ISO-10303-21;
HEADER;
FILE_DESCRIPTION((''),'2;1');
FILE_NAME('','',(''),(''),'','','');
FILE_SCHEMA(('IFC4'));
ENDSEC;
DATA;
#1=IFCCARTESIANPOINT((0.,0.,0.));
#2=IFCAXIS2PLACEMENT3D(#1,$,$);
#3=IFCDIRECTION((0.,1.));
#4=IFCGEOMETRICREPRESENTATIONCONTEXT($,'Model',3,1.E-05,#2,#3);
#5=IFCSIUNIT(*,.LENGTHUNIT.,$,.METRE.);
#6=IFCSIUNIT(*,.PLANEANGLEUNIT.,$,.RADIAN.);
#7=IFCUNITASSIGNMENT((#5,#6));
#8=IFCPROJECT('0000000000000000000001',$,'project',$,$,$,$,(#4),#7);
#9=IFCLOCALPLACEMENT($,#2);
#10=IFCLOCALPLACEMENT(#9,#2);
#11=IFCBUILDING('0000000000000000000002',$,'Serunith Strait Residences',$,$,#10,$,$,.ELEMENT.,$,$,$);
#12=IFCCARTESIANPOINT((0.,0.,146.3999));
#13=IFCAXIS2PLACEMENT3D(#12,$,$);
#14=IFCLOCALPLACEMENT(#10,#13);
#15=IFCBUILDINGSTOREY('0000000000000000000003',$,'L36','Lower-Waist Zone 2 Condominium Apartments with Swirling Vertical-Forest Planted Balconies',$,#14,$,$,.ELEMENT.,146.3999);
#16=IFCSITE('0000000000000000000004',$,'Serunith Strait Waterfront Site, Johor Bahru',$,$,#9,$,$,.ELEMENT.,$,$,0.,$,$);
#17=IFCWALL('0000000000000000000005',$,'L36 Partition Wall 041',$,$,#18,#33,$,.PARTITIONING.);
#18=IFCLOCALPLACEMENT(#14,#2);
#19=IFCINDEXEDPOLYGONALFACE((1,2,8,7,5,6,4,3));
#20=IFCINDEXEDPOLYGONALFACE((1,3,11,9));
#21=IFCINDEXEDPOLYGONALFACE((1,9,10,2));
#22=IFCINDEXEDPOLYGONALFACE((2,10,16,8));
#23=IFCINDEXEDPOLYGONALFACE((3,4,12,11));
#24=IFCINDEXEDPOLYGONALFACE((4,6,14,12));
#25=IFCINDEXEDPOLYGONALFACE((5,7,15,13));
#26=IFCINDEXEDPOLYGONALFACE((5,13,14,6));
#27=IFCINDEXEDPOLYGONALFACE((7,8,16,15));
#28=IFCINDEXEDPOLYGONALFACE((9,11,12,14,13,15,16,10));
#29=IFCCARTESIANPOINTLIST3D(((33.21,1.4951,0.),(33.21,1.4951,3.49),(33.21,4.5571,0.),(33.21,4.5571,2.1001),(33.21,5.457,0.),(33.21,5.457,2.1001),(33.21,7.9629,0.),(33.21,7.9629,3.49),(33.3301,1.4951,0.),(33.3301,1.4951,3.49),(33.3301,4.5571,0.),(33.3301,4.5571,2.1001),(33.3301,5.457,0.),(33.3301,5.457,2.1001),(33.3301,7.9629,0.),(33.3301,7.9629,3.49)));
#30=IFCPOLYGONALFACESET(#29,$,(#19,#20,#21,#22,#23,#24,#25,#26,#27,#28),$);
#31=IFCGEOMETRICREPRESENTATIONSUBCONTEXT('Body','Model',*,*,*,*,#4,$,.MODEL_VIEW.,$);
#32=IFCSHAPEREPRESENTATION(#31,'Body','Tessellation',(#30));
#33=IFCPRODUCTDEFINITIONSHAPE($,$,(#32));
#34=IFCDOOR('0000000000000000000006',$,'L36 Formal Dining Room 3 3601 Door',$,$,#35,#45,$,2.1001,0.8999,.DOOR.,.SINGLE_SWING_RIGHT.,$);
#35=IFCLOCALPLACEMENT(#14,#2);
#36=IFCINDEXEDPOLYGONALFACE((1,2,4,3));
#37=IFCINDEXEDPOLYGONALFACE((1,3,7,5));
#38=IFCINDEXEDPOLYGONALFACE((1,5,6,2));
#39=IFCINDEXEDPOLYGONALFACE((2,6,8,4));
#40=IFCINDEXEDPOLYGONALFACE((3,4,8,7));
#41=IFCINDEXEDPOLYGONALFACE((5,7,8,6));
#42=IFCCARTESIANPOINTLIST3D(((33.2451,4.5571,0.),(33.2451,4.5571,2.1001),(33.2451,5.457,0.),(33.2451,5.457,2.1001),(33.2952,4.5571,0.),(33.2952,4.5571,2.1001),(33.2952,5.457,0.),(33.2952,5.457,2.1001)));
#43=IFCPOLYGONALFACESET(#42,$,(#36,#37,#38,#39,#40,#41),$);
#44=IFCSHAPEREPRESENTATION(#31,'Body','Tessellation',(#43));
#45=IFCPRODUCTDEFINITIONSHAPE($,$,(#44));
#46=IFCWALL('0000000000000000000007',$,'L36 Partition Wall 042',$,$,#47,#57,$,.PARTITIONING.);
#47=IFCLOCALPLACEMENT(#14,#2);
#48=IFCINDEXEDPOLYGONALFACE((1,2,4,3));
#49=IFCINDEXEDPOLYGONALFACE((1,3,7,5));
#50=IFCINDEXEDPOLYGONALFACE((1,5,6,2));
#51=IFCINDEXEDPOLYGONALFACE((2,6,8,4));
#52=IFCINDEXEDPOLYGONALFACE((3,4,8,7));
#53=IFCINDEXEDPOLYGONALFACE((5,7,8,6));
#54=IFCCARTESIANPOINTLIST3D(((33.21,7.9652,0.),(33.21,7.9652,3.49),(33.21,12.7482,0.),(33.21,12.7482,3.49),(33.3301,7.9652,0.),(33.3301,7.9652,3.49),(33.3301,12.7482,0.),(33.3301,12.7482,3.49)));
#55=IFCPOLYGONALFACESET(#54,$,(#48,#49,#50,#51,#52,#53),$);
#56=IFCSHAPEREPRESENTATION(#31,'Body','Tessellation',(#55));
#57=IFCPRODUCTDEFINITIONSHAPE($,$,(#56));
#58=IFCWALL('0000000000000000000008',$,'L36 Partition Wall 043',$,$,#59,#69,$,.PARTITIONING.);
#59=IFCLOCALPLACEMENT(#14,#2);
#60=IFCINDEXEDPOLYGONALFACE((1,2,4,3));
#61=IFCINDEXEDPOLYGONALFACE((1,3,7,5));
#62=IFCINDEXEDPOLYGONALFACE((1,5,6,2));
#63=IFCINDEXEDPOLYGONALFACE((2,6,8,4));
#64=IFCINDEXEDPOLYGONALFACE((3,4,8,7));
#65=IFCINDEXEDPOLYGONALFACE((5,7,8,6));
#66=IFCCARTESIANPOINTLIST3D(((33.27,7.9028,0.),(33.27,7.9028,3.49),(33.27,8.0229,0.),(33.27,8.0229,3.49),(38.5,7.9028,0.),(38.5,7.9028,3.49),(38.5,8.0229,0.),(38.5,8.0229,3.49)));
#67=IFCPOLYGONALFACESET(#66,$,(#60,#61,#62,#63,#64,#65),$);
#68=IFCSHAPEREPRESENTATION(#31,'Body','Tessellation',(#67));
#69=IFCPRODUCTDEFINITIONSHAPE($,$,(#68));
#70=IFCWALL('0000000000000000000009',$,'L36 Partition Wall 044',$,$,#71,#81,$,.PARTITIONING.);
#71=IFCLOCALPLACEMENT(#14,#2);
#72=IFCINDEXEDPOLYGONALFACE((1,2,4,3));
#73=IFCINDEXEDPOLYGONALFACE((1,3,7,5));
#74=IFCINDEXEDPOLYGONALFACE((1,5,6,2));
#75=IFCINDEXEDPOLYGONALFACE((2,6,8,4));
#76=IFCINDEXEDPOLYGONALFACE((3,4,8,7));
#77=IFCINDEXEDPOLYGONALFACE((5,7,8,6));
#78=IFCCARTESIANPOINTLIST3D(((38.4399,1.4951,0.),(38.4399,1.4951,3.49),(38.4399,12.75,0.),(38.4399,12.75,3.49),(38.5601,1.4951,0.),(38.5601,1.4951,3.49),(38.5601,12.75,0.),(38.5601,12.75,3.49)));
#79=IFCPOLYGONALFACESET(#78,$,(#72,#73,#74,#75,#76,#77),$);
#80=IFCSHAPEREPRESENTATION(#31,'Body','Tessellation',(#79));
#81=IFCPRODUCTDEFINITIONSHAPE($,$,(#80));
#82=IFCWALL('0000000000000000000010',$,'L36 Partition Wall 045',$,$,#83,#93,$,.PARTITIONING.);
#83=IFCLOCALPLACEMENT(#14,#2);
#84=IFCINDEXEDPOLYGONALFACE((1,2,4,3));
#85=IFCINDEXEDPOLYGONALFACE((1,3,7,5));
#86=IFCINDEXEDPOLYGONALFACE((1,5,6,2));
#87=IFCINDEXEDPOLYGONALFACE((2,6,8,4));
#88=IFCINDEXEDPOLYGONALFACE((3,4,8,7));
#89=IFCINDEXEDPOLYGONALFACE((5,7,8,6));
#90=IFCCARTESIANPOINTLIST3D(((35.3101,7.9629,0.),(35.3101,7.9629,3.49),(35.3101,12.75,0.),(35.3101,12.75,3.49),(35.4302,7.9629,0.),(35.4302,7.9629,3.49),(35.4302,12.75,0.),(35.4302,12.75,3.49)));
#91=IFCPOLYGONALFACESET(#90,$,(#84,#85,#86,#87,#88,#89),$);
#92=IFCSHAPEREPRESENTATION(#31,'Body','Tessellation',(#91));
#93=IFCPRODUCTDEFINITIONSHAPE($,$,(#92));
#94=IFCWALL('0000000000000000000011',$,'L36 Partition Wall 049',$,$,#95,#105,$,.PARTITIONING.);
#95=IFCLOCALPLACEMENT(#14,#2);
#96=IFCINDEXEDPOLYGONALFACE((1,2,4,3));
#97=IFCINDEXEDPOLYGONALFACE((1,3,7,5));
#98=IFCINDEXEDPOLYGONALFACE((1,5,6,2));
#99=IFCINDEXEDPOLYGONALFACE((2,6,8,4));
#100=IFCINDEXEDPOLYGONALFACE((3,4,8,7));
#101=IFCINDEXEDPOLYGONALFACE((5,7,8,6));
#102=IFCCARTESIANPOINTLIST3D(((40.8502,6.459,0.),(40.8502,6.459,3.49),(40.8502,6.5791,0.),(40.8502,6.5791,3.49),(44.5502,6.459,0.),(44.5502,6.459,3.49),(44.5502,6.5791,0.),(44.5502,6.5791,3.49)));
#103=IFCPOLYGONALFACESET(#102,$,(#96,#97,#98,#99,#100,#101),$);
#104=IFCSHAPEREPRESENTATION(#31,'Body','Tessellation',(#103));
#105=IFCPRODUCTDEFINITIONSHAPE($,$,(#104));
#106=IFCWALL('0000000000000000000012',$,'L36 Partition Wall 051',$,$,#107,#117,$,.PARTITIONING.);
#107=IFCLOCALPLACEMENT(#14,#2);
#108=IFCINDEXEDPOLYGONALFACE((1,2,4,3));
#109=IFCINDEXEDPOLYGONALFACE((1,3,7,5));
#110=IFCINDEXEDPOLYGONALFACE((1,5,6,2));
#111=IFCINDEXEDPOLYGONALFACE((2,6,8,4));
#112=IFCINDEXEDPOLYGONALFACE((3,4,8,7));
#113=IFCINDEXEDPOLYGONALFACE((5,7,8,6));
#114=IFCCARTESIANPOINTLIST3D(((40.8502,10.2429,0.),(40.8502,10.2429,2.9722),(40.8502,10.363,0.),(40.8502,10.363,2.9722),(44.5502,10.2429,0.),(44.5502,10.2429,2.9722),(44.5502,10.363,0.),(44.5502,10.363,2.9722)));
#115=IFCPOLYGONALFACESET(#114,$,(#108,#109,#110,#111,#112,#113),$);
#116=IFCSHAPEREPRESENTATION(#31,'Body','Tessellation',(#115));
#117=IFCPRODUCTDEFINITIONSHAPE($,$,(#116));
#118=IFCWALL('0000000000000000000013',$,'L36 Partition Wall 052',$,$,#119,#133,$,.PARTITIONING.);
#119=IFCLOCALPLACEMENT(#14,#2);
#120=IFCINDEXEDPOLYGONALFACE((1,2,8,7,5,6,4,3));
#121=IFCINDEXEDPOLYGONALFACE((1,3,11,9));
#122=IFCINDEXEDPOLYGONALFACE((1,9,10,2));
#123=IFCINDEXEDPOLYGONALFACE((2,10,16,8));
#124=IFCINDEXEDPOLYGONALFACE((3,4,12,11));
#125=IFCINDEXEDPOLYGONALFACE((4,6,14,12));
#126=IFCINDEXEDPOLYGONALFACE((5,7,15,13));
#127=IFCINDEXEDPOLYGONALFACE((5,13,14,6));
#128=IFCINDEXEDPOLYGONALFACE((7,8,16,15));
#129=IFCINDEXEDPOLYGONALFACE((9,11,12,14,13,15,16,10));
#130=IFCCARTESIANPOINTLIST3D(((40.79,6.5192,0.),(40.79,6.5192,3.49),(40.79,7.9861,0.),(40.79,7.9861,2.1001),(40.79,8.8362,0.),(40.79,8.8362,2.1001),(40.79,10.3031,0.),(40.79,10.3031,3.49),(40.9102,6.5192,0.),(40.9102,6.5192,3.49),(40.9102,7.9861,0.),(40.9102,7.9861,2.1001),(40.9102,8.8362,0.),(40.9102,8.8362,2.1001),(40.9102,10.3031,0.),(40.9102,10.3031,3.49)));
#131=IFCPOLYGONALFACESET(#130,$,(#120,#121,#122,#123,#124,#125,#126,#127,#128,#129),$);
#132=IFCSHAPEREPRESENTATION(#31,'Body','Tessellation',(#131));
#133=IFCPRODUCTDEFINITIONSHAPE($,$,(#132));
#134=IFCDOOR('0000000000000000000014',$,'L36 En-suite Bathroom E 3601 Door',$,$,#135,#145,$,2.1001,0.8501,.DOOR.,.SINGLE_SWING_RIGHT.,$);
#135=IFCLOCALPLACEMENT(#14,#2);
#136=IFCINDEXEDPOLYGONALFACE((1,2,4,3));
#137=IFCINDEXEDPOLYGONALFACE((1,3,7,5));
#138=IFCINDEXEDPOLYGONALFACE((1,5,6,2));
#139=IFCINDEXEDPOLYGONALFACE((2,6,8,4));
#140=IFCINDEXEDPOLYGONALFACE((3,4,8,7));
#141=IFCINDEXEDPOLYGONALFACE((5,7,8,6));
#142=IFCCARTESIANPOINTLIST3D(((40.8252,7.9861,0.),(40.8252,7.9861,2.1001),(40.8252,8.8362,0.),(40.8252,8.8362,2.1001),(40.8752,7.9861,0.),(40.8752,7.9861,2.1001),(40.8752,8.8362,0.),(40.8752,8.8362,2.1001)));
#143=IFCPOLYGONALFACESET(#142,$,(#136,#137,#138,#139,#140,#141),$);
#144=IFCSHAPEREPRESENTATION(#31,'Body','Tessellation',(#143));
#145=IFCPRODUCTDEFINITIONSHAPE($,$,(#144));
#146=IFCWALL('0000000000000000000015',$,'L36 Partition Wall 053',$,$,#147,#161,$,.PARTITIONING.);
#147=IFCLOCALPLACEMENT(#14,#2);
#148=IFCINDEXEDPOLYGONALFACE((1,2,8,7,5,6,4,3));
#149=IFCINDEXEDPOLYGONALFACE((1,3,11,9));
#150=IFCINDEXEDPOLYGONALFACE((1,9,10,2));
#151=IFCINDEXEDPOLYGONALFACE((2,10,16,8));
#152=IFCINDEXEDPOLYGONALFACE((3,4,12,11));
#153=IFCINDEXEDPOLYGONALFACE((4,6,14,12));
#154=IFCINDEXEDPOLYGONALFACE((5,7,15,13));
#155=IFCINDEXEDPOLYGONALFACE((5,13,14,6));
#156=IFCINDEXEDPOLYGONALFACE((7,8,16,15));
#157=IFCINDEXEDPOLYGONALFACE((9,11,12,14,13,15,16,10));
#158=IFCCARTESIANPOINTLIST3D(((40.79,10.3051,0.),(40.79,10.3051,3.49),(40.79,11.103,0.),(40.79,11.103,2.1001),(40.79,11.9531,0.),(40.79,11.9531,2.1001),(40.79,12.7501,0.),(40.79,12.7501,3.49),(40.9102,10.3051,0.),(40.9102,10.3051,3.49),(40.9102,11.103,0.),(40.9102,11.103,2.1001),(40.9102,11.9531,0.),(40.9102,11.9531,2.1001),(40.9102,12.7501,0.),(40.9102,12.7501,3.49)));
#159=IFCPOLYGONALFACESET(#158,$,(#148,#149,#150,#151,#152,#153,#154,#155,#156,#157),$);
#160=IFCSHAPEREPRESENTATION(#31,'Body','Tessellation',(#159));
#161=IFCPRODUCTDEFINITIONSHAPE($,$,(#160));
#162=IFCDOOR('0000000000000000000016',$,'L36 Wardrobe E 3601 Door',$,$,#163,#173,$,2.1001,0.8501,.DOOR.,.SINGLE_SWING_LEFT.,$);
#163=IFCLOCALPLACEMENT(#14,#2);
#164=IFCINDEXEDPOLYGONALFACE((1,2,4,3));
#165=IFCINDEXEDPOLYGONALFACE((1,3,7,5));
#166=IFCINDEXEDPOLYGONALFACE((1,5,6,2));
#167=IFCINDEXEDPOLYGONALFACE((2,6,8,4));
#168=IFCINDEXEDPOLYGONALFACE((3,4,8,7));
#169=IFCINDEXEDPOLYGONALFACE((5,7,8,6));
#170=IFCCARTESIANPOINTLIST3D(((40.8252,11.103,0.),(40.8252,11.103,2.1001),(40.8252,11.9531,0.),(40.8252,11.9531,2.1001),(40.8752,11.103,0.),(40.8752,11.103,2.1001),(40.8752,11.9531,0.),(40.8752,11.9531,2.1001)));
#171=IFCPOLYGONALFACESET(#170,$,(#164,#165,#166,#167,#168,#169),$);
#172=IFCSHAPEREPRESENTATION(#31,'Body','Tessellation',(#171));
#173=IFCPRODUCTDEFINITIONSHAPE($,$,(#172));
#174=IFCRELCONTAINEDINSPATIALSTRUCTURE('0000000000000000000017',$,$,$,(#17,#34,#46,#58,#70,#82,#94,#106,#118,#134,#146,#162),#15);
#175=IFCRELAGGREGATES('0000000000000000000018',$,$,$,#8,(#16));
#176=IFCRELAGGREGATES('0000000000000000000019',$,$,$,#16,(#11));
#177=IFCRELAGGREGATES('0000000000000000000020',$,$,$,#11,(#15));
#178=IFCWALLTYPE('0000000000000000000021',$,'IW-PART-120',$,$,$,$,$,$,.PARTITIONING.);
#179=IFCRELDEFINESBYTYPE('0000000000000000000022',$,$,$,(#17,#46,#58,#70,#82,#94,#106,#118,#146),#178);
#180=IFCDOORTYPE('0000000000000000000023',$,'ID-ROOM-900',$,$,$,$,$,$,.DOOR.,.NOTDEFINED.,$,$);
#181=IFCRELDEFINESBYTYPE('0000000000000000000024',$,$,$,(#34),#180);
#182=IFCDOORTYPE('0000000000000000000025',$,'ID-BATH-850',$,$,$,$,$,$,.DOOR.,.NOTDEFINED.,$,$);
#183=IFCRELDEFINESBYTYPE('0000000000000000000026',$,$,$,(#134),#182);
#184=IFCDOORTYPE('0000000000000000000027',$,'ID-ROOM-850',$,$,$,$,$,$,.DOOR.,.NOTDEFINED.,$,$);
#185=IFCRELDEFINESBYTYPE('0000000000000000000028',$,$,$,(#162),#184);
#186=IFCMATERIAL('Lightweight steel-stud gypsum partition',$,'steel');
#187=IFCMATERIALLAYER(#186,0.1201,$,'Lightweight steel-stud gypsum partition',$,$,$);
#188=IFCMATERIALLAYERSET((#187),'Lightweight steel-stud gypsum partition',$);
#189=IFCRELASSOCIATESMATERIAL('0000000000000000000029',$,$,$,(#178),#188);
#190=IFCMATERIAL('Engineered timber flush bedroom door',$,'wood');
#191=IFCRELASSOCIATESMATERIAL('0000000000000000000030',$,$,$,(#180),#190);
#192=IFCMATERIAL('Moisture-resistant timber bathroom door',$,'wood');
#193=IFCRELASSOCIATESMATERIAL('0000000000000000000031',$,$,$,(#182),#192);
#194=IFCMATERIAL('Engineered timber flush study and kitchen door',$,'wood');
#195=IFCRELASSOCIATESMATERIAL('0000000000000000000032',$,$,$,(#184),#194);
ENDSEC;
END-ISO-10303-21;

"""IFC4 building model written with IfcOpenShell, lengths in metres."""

from ifc_helpers import new_model, si_unit, direction, frame, frame_2d, origin, place, context, subcontext, project, spatial, rectangle, extrude, source, transform, mapped, material, layer, layer_set, type_object, element, fill, save


model = new_model("IFC4")

# Units and contexts
model_context = context("Model", 3, precision=1e-05, world=origin(), true_north=direction((0.0, 1.0)))
body_context = subcontext(model_context, "Body", "Model", "MODEL_VIEW")
ifc_project = project(units=[si_unit("LENGTHUNIT", "METRE"), si_unit("PLANEANGLEUNIT", "RADIAN")], contexts=[model_context])

# Site, building, storey
site_placement = place(None, origin())
site = spatial("IfcSite", under=ifc_project, at=site_placement, Name="Serunith Strait Waterfront Site, Johor Bahru", CompositionType="ELEMENT", RefElevation=0.0)
building_placement = place(site_placement, origin())
building = spatial("IfcBuilding", under=site, at=building_placement, Name="Serunith Strait Residences", CompositionType="ELEMENT")
storey_placement = place(building_placement, frame((0.0, 0.0, 146.3999)))
storey = spatial("IfcBuildingStorey", under=building, at=storey_placement, Name="L36", Description="Lower-Waist Zone 2 Condominium Apartments with Swirling Vertical-Forest Planted Balconies", CompositionType="ELEMENT", Elevation=146.3999)

# Wall, opening, door
ifc_material_1 = material(Name="Lightweight steel-stud gypsum partition", Category="steel")
ifc_layer_1 = layer(ifc_material_1, 0.1201, Name="Lightweight steel-stud gypsum partition")
ifc_layer_set_1 = layer_set([ifc_layer_1], Name="Lightweight steel-stud gypsum partition")
wall_type = type_object("IfcWallType", Name="IW-PART-120", PredefinedType="PARTITIONING", material=ifc_layer_set_1)
wall_1_placement = place(storey_placement, frame((33.27, 1.4951, 0.0), z_axis=(0.0, 0.0, 1.0), x_axis=(0.0, 1.0, 0.0)))
wall_1 = element("IfcWall", 1, at=wall_1_placement, inside=storey, type_object=wall_type, Name="L36 Partition Wall 041", PredefinedType="PARTITIONING", context=body_context, shape_type="SweptSolid", body=[
    extrude(rectangle(XDim=6.4678, YDim=0.1201, at=frame_2d((3.2339, 0.0))), origin(), (0.0, 0.0, 1.0), 3.49),
])
opening_1_placement = place(wall_1_placement, frame((3.062, 0.0, 0.0)))
opening_1 = element("IfcOpeningElement", 2, at=opening_1_placement, cuts=wall_1, PredefinedType="OPENING", context=body_context, shape_type="SweptSolid", body=[
    extrude(rectangle(XDim=0.8999, YDim=2.1001, at=frame_2d((0.45, 1.05))), frame((0.0, 0.0701, 0.0), z_axis=(0.0, -1.0, 0.0), x_axis=(1.0, 0.0, 0.0)), (0.0, 0.0, 1.0), 0.1401),
])
ifc_material_2 = material(Name="Engineered timber flush bedroom door", Category="wood")
door_type_1 = type_object("IfcDoorType", Name="ID-ROOM-900", OperationType="NOTDEFINED", PredefinedType="DOOR", material=ifc_material_2)
shared_shape_1 = source(origin(), body_context, "Body", "SweptSolid", [
    extrude(rectangle(XDim=0.8999, YDim=2.1001, at=frame_2d((0.45, 1.05))), frame((0.0, 0.0249, 0.0), z_axis=(0.0, -1.0, 0.0), x_axis=(1.0, 0.0, 0.0)), (0.0, 0.0, 1.0), 0.05),
])
door_1_placement = place(opening_1_placement, origin())
door_1 = element("IfcDoor", 3, at=door_1_placement, inside=storey, type_object=door_type_1, Name="L36 Formal Dining Room 3 3601 Door", OperationType="SINGLE_SWING_RIGHT", OverallHeight=2.1001, OverallWidth=0.8999, PredefinedType="DOOR", context=body_context, shape_type="MappedRepresentation", body=[
    mapped(shared_shape_1, transform((0.0, 0.0, 0.0), scale=1.0)),
])
fill(opening_1, door_1)

# Walls
wall_2_placement = place(storey_placement, frame((33.27, 7.9651, 0.0), z_axis=(0.0, 0.0, 1.0), x_axis=(0.0, 1.0, 0.0)))
element("IfcWall", 4, at=wall_2_placement, inside=storey, type_object=wall_type, Name="L36 Partition Wall 042", PredefinedType="PARTITIONING", context=body_context, shape_type="SweptSolid", body=[
    extrude(rectangle(XDim=4.783, YDim=0.1201, at=frame_2d((2.3916, 0.0))), origin(), (0.0, 0.0, 1.0), 3.49),
])
wall_3_placement = place(storey_placement, frame((33.27, 7.9629, 0.0), z_axis=(0.0, 0.0, 1.0), x_axis=(1.0, 0.0, 0.0)))
element("IfcWall", 5, at=wall_3_placement, inside=storey, type_object=wall_type, Name="L36 Partition Wall 043", PredefinedType="PARTITIONING", context=body_context, shape_type="SweptSolid", body=[
    extrude(rectangle(XDim=5.23, YDim=0.1201, at=frame_2d((2.615, 0.0))), origin(), (0.0, 0.0, 1.0), 3.49),
])
wall_4_placement = place(storey_placement, frame((38.5, 1.4951, 0.0), z_axis=(0.0, 0.0, 1.0), x_axis=(0.0, 1.0, 0.0)))
element("IfcWall", 6, at=wall_4_placement, inside=storey, type_object=wall_type, Name="L36 Partition Wall 044", PredefinedType="PARTITIONING", context=body_context, shape_type="SweptSolid", body=[
    extrude(rectangle(XDim=11.2549, YDim=0.1201, at=frame_2d((5.6274, 0.0))), origin(), (0.0, 0.0, 1.0), 3.49),
])
wall_5_placement = place(storey_placement, frame((35.3701, 7.9629, 0.0), z_axis=(0.0, 0.0, 1.0), x_axis=(0.0, 1.0, 0.0)))
element("IfcWall", 7, at=wall_5_placement, inside=storey, type_object=wall_type, Name="L36 Partition Wall 045", PredefinedType="PARTITIONING", context=body_context, shape_type="SweptSolid", body=[
    extrude(rectangle(XDim=4.7871, YDim=0.1201, at=frame_2d((2.3936, 0.0))), origin(), (0.0, 0.0, 1.0), 3.49),
])
wall_6_placement = place(storey_placement, frame((40.8501, 6.519, 0.0), z_axis=(0.0, 0.0, 1.0), x_axis=(1.0, 0.0, 0.0)))
element("IfcWall", 8, at=wall_6_placement, inside=storey, type_object=wall_type, Name="L36 Partition Wall 049", PredefinedType="PARTITIONING", context=body_context, shape_type="SweptSolid", body=[
    extrude(rectangle(XDim=3.7, YDim=0.1201, at=frame_2d((1.8501, 0.0))), origin(), (0.0, 0.0, 1.0), 3.49),
])
wall_7_placement = place(storey_placement, frame((40.8501, 10.303, 0.0), z_axis=(0.0, 0.0, 1.0), x_axis=(1.0, 0.0, 0.0)))
element("IfcWall", 9, at=wall_7_placement, inside=storey, type_object=wall_type, Name="L36 Partition Wall 051", PredefinedType="PARTITIONING", context=body_context, shape_type="SweptSolid", body=[
    extrude(rectangle(XDim=3.7, YDim=0.1201, at=frame_2d((1.8501, 0.0))), origin(), (0.0, 0.0, 1.0), 2.9722),
])

# Walls, openings, doors
wall_8_placement = place(storey_placement, frame((40.8501, 6.519, 0.0), z_axis=(0.0, 0.0, 1.0), x_axis=(0.0, 1.0, 0.0)))
wall_8 = element("IfcWall", 10, at=wall_8_placement, inside=storey, type_object=wall_type, Name="L36 Partition Wall 052", PredefinedType="PARTITIONING", context=body_context, shape_type="SweptSolid", body=[
    extrude(rectangle(XDim=3.7839, YDim=0.1201, at=frame_2d((1.8921, 0.0))), origin(), (0.0, 0.0, 1.0), 3.49),
])
opening_2_placement = place(wall_8_placement, frame((1.467, 0.0, 0.0)))
opening_2 = element("IfcOpeningElement", 11, at=opening_2_placement, cuts=wall_8, PredefinedType="OPENING", context=body_context, shape_type="SweptSolid", body=[
    extrude(rectangle(XDim=0.8501, YDim=2.1001, at=frame_2d((0.425, 1.05))), frame((0.0, 0.0701, 0.0), z_axis=(0.0, -1.0, 0.0), x_axis=(1.0, 0.0, 0.0)), (0.0, 0.0, 1.0), 0.1401),
])
ifc_material_3 = material(Name="Moisture-resistant timber bathroom door", Category="wood")
door_type_2 = type_object("IfcDoorType", Name="ID-BATH-850", OperationType="NOTDEFINED", PredefinedType="DOOR", material=ifc_material_3)
shared_shape_2 = source(origin(), body_context, "Body", "SweptSolid", [
    extrude(rectangle(XDim=0.8501, YDim=2.1001, at=frame_2d((0.425, 1.05))), frame((0.0, 0.0249, 0.0), z_axis=(0.0, -1.0, 0.0), x_axis=(1.0, 0.0, 0.0)), (0.0, 0.0, 1.0), 0.05),
])
door_2_placement = place(opening_2_placement, origin())
door_2 = element("IfcDoor", 12, at=door_2_placement, inside=storey, type_object=door_type_2, Name="L36 En-suite Bathroom E 3601 Door", OperationType="SINGLE_SWING_RIGHT", OverallHeight=2.1001, OverallWidth=0.8501, PredefinedType="DOOR", context=body_context, shape_type="MappedRepresentation", body=[
    mapped(shared_shape_2, transform((0.0, 0.0, 0.0), scale=1.0)),
])
fill(opening_2, door_2)
wall_9_placement = place(storey_placement, frame((40.8501, 10.3049, 0.0), z_axis=(0.0, 0.0, 1.0), x_axis=(0.0, 1.0, 0.0)))
wall_9 = element("IfcWall", 13, at=wall_9_placement, inside=storey, type_object=wall_type, Name="L36 Partition Wall 053", PredefinedType="PARTITIONING", context=body_context, shape_type="SweptSolid", body=[
    extrude(rectangle(XDim=2.4451, YDim=0.1201, at=frame_2d((1.2227, 0.0))), origin(), (0.0, 0.0, 1.0), 3.49),
])
opening_3_placement = place(wall_9_placement, frame((0.7981, 0.0, 0.0)))
opening_3 = element("IfcOpeningElement", 14, at=opening_3_placement, cuts=wall_9, PredefinedType="OPENING", context=body_context, shape_type="SweptSolid", body=[
    extrude(rectangle(XDim=0.8501, YDim=2.1001, at=frame_2d((0.425, 1.05))), frame((0.0, 0.0701, 0.0), z_axis=(0.0, -1.0, 0.0), x_axis=(1.0, 0.0, 0.0)), (0.0, 0.0, 1.0), 0.1401),
])
ifc_material_4 = material(Name="Engineered timber flush study and kitchen door", Category="wood")
door_type_3 = type_object("IfcDoorType", Name="ID-ROOM-850", OperationType="NOTDEFINED", PredefinedType="DOOR", material=ifc_material_4)
door_3_placement = place(opening_3_placement, origin())
door_3 = element("IfcDoor", 15, at=door_3_placement, inside=storey, type_object=door_type_3, Name="L36 Wardrobe E 3601 Door", OperationType="SINGLE_SWING_LEFT", OverallHeight=2.1001, OverallWidth=0.8501, PredefinedType="DOOR", context=body_context, shape_type="MappedRepresentation", body=[
    mapped(shared_shape_2, transform((0.0, 0.0, 0.0), scale=1.0)),
])
fill(opening_3, door_3)

save(model, "model.ifc")
